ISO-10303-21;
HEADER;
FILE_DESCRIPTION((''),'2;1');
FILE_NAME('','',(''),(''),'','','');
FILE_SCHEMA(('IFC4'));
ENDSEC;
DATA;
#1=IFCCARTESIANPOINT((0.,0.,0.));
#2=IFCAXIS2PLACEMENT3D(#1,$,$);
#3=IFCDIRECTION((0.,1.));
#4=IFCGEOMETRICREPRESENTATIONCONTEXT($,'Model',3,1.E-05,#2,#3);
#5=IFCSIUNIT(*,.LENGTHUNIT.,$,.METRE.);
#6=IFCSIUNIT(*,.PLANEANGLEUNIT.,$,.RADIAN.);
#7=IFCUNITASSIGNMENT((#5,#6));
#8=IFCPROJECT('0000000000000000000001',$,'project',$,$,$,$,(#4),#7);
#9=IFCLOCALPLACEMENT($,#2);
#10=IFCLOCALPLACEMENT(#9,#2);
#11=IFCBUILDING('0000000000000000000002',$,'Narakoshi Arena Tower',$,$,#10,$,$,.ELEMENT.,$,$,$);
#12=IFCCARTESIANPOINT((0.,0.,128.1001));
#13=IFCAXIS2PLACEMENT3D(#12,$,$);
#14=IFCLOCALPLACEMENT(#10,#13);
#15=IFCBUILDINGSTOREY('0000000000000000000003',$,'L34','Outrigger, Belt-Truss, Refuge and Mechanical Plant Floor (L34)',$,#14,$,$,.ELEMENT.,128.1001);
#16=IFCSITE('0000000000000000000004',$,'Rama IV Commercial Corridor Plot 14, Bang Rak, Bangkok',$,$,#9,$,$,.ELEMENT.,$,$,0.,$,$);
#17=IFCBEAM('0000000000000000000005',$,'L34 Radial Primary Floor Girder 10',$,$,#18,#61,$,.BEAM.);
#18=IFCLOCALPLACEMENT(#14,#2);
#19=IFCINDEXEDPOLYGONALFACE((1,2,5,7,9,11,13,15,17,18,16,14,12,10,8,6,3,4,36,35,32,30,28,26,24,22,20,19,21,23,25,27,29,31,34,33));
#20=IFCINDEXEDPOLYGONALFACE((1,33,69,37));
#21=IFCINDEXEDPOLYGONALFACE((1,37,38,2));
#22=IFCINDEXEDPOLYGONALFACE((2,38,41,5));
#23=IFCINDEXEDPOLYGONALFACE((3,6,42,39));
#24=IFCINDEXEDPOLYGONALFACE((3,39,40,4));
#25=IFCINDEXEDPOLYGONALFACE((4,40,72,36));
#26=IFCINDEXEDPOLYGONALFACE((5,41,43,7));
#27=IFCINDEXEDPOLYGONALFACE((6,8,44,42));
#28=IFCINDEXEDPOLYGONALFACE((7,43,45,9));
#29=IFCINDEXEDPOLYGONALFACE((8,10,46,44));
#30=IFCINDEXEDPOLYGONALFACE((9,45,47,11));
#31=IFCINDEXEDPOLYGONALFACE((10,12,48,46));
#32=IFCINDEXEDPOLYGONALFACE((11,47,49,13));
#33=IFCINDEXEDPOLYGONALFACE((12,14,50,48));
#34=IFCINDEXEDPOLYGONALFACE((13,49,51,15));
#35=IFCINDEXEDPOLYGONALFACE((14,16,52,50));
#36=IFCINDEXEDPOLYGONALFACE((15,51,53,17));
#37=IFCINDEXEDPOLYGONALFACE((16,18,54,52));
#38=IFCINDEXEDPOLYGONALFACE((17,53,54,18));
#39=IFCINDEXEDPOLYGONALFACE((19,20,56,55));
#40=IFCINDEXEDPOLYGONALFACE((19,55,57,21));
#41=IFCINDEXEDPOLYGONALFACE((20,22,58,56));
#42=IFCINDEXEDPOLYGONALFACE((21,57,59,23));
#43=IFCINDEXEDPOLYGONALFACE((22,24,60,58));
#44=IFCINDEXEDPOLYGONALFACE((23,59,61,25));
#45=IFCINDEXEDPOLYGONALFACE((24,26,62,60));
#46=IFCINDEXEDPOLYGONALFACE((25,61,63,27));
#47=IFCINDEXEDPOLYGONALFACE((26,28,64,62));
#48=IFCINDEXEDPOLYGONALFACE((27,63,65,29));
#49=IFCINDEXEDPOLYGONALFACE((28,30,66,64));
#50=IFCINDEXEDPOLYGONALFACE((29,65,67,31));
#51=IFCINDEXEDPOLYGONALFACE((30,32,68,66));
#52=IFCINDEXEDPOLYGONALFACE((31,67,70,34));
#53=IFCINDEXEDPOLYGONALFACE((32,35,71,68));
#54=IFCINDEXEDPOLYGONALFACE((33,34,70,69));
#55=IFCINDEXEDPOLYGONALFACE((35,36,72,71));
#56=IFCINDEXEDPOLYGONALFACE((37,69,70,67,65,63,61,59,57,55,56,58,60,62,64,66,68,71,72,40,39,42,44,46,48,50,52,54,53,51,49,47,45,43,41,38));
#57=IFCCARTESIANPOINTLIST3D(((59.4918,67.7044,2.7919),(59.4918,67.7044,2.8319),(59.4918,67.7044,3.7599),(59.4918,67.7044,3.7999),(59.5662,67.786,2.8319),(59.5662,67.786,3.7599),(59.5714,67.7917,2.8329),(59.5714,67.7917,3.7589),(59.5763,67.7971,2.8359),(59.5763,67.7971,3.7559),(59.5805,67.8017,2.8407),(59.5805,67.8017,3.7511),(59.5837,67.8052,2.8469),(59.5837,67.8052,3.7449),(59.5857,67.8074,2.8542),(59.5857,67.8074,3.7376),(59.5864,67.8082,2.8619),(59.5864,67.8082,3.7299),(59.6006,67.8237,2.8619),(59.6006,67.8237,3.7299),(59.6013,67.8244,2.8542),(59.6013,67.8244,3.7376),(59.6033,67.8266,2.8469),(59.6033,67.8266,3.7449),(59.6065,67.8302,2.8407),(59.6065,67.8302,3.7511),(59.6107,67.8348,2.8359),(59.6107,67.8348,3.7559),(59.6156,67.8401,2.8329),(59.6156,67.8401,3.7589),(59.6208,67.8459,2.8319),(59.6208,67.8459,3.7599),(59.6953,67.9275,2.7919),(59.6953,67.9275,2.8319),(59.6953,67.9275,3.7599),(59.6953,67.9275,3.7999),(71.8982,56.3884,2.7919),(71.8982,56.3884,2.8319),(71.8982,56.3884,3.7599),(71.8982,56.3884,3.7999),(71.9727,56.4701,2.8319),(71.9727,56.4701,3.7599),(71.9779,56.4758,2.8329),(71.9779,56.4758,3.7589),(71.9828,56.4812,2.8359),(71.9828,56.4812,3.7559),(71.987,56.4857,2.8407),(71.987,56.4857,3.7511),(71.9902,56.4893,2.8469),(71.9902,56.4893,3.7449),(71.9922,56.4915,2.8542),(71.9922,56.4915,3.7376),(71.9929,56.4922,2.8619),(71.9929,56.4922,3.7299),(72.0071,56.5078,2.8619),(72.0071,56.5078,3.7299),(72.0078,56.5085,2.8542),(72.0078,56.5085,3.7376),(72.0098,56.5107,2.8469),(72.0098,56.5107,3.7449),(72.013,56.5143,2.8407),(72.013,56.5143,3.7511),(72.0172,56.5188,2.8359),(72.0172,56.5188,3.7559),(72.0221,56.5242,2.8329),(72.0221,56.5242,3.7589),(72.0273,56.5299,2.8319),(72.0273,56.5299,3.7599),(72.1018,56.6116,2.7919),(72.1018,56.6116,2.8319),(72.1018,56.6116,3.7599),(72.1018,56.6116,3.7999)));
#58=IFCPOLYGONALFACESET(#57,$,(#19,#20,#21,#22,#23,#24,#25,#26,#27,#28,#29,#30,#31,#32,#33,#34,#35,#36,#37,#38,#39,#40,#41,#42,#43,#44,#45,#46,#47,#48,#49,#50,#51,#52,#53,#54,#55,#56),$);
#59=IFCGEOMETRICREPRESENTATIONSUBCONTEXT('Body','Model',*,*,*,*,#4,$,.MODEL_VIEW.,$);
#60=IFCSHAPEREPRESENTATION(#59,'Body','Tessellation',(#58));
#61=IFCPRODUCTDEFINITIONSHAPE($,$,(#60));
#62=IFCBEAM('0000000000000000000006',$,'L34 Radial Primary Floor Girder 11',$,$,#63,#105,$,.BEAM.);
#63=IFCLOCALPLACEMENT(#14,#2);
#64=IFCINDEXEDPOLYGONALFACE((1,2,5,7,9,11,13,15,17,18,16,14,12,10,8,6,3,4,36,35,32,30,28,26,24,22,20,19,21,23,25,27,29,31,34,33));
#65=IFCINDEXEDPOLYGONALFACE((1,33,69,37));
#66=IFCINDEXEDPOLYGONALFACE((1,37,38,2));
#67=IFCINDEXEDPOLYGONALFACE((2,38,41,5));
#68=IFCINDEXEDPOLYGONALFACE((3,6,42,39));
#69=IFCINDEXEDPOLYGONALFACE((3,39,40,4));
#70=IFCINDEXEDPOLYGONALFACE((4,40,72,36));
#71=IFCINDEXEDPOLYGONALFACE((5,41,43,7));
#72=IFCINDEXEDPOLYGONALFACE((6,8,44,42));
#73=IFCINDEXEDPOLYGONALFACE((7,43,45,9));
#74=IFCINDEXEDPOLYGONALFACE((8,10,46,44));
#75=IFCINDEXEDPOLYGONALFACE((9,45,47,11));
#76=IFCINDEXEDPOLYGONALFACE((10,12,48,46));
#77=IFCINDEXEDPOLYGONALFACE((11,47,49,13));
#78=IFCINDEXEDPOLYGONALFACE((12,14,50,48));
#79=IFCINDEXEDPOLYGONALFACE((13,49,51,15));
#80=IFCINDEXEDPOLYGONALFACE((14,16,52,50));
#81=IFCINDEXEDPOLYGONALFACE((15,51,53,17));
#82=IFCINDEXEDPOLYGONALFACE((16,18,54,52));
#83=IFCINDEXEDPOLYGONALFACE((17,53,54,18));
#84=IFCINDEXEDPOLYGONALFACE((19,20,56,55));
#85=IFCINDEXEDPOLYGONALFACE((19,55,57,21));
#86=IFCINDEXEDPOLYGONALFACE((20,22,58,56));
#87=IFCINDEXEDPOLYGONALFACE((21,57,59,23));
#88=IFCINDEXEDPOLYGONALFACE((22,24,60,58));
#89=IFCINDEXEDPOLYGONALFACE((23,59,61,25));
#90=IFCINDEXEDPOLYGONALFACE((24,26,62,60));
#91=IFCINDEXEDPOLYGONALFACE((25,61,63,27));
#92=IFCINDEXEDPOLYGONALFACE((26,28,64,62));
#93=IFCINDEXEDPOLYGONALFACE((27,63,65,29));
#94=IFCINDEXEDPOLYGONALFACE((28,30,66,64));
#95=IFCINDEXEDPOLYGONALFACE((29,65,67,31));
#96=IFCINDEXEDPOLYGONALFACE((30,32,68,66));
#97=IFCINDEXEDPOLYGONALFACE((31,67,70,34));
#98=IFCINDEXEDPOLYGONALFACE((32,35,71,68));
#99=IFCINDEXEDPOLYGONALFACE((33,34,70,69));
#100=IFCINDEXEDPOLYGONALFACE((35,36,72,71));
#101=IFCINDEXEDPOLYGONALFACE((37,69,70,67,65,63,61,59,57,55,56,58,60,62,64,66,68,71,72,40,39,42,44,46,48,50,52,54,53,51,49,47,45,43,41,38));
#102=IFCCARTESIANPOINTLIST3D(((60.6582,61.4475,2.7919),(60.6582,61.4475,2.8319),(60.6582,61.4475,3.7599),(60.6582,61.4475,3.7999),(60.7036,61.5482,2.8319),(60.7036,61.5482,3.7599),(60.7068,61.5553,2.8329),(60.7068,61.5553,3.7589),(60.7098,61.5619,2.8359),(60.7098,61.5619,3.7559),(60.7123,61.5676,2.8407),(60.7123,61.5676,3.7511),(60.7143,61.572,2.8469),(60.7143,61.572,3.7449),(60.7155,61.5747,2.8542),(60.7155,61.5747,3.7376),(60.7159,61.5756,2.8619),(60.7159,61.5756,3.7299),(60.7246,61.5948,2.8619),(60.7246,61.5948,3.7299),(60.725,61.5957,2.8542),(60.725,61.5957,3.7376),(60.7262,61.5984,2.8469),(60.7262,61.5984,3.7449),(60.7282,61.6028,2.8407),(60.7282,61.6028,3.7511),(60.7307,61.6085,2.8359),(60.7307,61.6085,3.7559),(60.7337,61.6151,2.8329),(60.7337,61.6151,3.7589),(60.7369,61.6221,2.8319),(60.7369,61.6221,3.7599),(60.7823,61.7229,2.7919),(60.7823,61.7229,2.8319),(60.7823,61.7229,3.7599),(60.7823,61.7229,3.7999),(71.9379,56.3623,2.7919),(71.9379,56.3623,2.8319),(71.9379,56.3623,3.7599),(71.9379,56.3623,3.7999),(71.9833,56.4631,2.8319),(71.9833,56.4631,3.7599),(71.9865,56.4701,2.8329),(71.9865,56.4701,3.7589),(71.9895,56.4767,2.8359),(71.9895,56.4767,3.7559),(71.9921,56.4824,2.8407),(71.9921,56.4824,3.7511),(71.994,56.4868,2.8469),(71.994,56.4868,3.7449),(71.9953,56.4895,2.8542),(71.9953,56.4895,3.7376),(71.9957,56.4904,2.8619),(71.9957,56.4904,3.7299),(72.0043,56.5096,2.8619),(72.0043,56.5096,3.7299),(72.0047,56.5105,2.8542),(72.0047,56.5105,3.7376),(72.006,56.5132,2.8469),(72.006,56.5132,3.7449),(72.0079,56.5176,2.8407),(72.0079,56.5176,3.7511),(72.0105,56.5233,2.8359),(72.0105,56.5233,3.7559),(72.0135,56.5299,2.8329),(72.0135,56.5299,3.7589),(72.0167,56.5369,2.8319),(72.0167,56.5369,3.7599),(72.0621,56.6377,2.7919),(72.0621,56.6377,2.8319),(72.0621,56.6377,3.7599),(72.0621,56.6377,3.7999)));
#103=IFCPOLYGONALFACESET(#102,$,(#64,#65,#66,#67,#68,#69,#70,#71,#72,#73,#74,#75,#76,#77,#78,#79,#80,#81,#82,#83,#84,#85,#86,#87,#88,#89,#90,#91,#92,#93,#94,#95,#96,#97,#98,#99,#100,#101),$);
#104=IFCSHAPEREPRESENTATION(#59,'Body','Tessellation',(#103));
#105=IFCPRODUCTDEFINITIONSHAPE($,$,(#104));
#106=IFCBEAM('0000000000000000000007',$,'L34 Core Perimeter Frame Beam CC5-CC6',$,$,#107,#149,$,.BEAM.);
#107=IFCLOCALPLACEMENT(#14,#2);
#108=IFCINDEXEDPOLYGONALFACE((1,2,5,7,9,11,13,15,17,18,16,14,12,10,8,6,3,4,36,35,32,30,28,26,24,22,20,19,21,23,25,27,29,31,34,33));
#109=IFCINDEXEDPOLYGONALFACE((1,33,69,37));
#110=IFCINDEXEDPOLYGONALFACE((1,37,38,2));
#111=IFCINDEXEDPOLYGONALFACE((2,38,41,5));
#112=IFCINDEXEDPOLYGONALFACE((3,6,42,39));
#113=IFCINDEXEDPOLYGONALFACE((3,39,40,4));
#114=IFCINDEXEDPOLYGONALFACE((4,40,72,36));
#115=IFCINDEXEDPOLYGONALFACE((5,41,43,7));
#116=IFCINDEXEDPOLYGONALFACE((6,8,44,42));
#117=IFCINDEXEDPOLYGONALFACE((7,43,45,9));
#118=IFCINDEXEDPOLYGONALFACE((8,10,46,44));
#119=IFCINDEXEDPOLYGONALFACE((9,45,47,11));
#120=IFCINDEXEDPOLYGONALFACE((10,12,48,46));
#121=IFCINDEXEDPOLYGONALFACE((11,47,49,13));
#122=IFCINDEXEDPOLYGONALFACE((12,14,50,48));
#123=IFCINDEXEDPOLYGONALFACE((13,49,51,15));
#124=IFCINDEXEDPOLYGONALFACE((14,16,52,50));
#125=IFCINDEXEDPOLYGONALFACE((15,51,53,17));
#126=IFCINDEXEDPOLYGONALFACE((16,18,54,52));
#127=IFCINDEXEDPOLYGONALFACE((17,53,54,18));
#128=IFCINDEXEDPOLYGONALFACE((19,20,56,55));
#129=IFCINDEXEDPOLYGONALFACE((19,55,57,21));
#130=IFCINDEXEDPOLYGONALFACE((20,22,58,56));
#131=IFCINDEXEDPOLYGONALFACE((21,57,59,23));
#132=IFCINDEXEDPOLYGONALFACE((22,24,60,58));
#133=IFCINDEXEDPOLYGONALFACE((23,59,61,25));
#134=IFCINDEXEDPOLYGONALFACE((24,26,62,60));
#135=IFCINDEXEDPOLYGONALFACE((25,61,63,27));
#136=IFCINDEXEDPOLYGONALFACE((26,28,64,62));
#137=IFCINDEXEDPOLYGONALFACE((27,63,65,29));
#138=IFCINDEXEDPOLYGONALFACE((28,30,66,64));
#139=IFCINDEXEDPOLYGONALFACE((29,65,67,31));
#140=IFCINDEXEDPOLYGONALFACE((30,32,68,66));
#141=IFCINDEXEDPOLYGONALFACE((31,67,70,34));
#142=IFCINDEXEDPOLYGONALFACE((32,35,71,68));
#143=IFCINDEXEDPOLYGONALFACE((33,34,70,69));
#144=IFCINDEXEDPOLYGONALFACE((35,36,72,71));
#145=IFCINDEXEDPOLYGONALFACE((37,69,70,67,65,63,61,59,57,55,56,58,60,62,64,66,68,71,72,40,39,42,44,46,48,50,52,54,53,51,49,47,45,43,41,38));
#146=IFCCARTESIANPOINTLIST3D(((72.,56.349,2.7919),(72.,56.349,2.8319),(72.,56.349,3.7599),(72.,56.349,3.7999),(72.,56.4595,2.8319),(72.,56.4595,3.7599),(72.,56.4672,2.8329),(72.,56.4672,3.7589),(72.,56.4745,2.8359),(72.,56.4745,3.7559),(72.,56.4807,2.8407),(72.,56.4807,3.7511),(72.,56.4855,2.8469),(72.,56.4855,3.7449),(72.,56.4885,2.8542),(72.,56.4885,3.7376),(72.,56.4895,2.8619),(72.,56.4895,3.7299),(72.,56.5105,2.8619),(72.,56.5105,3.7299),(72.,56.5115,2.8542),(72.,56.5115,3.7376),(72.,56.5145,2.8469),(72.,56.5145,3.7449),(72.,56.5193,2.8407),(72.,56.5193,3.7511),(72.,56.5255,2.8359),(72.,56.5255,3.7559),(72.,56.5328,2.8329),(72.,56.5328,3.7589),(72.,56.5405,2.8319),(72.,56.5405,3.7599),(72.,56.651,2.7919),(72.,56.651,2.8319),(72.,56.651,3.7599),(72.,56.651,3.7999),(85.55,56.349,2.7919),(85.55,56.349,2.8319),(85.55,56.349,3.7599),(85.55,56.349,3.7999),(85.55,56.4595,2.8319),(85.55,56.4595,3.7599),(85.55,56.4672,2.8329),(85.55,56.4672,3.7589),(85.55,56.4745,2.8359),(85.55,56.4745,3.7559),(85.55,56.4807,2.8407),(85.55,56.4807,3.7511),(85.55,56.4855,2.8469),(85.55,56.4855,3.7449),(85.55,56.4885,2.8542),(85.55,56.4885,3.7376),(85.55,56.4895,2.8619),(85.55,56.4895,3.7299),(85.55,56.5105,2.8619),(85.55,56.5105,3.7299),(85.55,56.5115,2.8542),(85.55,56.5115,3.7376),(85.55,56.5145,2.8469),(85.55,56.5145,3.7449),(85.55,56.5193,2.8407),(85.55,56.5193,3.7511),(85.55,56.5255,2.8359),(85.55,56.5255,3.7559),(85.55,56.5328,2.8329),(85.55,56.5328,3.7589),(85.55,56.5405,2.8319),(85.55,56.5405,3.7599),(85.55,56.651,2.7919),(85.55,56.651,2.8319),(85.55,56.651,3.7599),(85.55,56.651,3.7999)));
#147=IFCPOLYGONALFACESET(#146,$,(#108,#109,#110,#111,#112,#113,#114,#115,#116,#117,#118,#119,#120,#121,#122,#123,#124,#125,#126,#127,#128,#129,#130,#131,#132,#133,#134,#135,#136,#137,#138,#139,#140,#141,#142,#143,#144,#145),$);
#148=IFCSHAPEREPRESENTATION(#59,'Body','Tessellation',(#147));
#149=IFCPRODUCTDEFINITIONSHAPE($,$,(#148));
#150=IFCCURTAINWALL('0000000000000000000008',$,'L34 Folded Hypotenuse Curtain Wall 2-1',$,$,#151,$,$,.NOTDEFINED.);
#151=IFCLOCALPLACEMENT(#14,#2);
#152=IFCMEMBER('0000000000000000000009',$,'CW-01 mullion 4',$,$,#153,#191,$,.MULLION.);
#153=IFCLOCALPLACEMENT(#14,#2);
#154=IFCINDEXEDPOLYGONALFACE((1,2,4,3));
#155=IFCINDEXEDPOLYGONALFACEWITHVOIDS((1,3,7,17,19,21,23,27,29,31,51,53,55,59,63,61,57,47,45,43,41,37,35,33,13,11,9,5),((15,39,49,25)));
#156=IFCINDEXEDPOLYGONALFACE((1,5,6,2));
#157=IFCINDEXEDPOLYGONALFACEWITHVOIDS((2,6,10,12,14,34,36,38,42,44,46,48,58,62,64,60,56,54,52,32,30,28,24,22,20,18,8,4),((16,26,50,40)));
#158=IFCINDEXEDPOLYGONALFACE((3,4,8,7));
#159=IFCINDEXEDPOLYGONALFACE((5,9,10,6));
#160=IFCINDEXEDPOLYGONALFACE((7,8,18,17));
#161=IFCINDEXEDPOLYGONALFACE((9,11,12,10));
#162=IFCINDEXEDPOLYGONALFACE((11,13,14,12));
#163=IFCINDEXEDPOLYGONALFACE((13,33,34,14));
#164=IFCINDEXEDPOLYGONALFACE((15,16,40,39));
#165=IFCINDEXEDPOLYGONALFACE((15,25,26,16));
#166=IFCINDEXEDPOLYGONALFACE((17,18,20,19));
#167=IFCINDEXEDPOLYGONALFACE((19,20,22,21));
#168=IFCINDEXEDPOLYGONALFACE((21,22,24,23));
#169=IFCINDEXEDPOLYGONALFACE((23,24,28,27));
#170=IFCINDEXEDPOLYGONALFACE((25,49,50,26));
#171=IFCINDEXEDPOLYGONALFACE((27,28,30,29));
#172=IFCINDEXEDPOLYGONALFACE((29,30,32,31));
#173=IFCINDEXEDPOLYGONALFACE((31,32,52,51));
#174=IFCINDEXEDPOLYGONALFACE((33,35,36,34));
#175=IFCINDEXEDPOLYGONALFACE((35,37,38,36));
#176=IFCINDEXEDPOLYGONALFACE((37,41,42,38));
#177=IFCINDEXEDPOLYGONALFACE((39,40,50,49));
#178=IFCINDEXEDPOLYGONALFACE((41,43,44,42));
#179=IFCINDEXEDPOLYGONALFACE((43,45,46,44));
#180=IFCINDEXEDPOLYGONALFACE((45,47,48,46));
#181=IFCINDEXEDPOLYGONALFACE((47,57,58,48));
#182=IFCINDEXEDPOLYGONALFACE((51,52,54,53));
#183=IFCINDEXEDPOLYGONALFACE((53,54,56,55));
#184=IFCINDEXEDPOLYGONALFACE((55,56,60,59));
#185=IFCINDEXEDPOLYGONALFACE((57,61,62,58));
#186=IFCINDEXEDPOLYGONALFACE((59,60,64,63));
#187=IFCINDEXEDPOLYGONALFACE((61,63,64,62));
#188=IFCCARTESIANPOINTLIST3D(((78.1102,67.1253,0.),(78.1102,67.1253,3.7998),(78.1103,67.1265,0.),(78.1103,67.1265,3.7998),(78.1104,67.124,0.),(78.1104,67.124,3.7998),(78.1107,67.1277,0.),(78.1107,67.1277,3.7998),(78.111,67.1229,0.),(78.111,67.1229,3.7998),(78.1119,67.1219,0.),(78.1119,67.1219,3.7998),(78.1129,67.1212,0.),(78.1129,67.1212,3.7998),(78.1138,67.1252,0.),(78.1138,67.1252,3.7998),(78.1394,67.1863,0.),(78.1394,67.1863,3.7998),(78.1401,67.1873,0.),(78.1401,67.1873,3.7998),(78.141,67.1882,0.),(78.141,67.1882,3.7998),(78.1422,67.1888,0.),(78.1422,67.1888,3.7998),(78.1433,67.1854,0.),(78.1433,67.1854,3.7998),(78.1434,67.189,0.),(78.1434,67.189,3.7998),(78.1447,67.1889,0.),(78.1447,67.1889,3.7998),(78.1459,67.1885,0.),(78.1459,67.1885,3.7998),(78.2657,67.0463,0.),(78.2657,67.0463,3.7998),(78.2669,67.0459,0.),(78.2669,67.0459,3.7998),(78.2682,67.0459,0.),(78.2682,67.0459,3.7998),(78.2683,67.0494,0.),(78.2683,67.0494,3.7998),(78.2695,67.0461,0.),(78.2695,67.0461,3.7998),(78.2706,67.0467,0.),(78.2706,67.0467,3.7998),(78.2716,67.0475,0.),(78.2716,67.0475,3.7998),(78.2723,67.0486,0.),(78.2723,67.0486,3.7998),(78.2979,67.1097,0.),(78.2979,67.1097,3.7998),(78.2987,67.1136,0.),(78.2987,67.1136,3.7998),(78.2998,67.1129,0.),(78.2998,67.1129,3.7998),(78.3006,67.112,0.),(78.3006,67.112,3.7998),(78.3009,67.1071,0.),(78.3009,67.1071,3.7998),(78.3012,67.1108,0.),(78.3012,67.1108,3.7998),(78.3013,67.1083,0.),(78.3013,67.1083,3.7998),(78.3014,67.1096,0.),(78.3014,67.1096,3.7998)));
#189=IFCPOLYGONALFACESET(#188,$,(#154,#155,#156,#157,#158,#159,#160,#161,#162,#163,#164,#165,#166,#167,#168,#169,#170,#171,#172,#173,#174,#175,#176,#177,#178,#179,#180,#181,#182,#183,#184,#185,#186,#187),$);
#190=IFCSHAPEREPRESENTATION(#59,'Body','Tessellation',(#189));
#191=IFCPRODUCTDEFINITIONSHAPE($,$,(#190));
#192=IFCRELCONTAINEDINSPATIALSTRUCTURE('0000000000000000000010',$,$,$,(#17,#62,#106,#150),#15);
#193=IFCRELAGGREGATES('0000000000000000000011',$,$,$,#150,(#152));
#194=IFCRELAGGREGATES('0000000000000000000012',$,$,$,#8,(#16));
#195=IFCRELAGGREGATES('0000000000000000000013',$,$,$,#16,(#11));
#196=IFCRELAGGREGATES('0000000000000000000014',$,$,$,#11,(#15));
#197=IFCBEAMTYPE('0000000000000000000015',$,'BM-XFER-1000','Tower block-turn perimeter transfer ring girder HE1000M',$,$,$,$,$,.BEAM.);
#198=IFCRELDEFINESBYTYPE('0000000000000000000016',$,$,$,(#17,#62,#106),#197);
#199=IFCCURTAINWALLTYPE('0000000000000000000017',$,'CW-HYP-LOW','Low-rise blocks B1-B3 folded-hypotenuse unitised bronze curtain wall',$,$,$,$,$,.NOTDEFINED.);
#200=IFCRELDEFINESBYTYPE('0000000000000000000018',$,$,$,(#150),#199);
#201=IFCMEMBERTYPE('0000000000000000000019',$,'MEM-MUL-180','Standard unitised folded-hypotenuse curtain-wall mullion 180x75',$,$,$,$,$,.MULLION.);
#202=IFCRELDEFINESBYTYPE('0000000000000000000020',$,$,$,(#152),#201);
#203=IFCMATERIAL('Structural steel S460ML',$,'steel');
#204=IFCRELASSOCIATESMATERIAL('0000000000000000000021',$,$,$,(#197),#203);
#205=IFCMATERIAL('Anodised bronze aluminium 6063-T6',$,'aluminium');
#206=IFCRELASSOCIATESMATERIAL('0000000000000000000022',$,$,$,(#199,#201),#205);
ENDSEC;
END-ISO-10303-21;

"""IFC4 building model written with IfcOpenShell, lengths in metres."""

from ifc_helpers import new_model, si_unit, direction, frame, origin, origin_2d, place, context, subcontext, project, spatial, hollow_rectangle, i_section, extrude, material, material_profile, profile_set, type_object, element, aggregate, save


model = new_model("IFC4")

# Units and contexts
model_context = context("Model", 3, precision=1e-05, world=origin(), true_north=direction((0.0, 1.0)))
body_context = subcontext(model_context, "Body", "Model", "MODEL_VIEW")
ifc_project = project(units=[si_unit("LENGTHUNIT", "METRE"), si_unit("PLANEANGLEUNIT", "RADIAN")], contexts=[model_context])

# Site, building, storey
site_placement = place(None, origin())
site = spatial("IfcSite", under=ifc_project, at=site_placement, Name="Rama IV Commercial Corridor Plot 14, Bang Rak, Bangkok", CompositionType="ELEMENT", RefElevation=0.0)
building_placement = place(site_placement, origin())
building = spatial("IfcBuilding", under=site, at=building_placement, Name="Narakoshi Arena Tower", CompositionType="ELEMENT")
storey_placement = place(building_placement, frame((0.0, 0.0, 128.1001)))
storey = spatial("IfcBuildingStorey", under=building, at=storey_placement, Name="L34", Description="Outrigger, Belt-Truss, Refuge and Mechanical Plant Floor (L34)", CompositionType="ELEMENT", Elevation=128.1001)

# Beams
ifc_material_1 = material(Name="Structural steel S460ML", Category="steel")
ifc_material_profile_1 = material_profile(ifc_material_1, i_section(OverallWidth=0.302, OverallDepth=1.0081, WebThickness=0.021, FlangeThickness=0.04, FilletRadius=0.03, at=origin_2d()), Name="HE1000M")
ifc_profile_set_1 = profile_set([ifc_material_profile_1], Name="Structural steel S460ML")
beam_type = type_object("IfcBeamType", Name="BM-XFER-1000", Description="Tower block-turn perimeter transfer ring girder HE1000M", PredefinedType="BEAM", material=ifc_profile_set_1)
beam_1_placement = place(storey_placement, frame((72.0, 56.5, 3.2959), z_axis=(-0.738834, 0.673888, 0.0), x_axis=(-0.673888, -0.738834, 0.0)))
element("IfcBeam", 1, at=beam_1_placement, inside=storey, type_object=beam_type, Name="L34 Radial Primary Floor Girder 10", PredefinedType="BEAM", context=body_context, shape_type="SweptSolid", body=[
    extrude(i_section(OverallWidth=0.302, OverallDepth=1.0081, WebThickness=0.021, FlangeThickness=0.04, FilletRadius=0.03, at=origin_2d()), origin(), (0.0, 0.0, 1.0), 16.792),
])
beam_2_placement = place(storey_placement, frame((72.0, 56.5, 3.2959), z_axis=(-0.91164, 0.41099, 0.0), x_axis=(-0.41099, -0.91164, 0.0)))
element("IfcBeam", 2, at=beam_2_placement, inside=storey, type_object=beam_type, Name="L34 Radial Primary Floor Girder 11", PredefinedType="BEAM", context=body_context, shape_type="SweptSolid", body=[
    extrude(i_section(OverallWidth=0.302, OverallDepth=1.0081, WebThickness=0.021, FlangeThickness=0.04, FilletRadius=0.03, at=origin_2d()), origin(), (0.0, 0.0, 1.0), 12.373),
])
beam_3_placement = place(storey_placement, frame((72.0, 56.5, 3.2959), z_axis=(1.0, 0.0, 0.0), x_axis=(0.0, 1.0, 0.0)))
element("IfcBeam", 3, at=beam_3_placement, inside=storey, type_object=beam_type, Name="L34 Core Perimeter Frame Beam CC5-CC6", PredefinedType="BEAM", context=body_context, shape_type="SweptSolid", body=[
    extrude(i_section(OverallWidth=0.302, OverallDepth=1.0081, WebThickness=0.021, FlangeThickness=0.04, FilletRadius=0.03, at=origin_2d()), origin(), (0.0, 0.0, 1.0), 13.55),
])

# Curtain wall, member
ifc_material_2 = material(Name="Anodised bronze aluminium 6063-T6", Category="aluminium")
curtain_wall_type = type_object("IfcCurtainWallType", Name="CW-HYP-LOW", Description="Low-rise blocks B1-B3 folded-hypotenuse unitised bronze curtain wall", PredefinedType="NOTDEFINED", material=ifc_material_2)
curtain_wall_placement = place(storey_placement, origin())
curtain_wall = element("IfcCurtainWall", 4, at=curtain_wall_placement, inside=storey, type_object=curtain_wall_type, Name="L34 Folded Hypotenuse Curtain Wall 2-1", PredefinedType="NOTDEFINED")
ifc_material_profile_2 = material_profile(ifc_material_2, hollow_rectangle(XDim=0.075, YDim=0.1799, WallThickness=0.0039, OuterFilletRadius=0.0049, at=origin_2d()), Name="MUL180x75x4")
ifc_profile_set_2 = profile_set([ifc_material_profile_2], Name="Anodised bronze aluminium 6063-T6")
member_type_1 = type_object("IfcMemberType", Name="MEM-MUL-180", Description="Standard unitised folded-hypotenuse curtain-wall mullion 180x75", PredefinedType="MULLION", material=ifc_profile_set_2)
member_1_placement = place(storey_placement, frame((78.2058, 67.1174, 0.0), z_axis=(0.0, 0.0, 1.0), x_axis=(-0.440004, -0.897996, 0.0)))
member_1 = element("IfcMember", 5, at=member_1_placement, type_object=member_type_1, Name="CW-01 mullion 4", PredefinedType="MULLION", context=body_context, shape_type="SweptSolid", body=[
    extrude(hollow_rectangle(XDim=0.075, YDim=0.1799, WallThickness=0.0039, OuterFilletRadius=0.0049, at=origin_2d()), origin(), (0.0, 0.0, 1.0), 3.7998),
])
aggregate(curtain_wall, [member_1])

save(model, "model.ifc")
